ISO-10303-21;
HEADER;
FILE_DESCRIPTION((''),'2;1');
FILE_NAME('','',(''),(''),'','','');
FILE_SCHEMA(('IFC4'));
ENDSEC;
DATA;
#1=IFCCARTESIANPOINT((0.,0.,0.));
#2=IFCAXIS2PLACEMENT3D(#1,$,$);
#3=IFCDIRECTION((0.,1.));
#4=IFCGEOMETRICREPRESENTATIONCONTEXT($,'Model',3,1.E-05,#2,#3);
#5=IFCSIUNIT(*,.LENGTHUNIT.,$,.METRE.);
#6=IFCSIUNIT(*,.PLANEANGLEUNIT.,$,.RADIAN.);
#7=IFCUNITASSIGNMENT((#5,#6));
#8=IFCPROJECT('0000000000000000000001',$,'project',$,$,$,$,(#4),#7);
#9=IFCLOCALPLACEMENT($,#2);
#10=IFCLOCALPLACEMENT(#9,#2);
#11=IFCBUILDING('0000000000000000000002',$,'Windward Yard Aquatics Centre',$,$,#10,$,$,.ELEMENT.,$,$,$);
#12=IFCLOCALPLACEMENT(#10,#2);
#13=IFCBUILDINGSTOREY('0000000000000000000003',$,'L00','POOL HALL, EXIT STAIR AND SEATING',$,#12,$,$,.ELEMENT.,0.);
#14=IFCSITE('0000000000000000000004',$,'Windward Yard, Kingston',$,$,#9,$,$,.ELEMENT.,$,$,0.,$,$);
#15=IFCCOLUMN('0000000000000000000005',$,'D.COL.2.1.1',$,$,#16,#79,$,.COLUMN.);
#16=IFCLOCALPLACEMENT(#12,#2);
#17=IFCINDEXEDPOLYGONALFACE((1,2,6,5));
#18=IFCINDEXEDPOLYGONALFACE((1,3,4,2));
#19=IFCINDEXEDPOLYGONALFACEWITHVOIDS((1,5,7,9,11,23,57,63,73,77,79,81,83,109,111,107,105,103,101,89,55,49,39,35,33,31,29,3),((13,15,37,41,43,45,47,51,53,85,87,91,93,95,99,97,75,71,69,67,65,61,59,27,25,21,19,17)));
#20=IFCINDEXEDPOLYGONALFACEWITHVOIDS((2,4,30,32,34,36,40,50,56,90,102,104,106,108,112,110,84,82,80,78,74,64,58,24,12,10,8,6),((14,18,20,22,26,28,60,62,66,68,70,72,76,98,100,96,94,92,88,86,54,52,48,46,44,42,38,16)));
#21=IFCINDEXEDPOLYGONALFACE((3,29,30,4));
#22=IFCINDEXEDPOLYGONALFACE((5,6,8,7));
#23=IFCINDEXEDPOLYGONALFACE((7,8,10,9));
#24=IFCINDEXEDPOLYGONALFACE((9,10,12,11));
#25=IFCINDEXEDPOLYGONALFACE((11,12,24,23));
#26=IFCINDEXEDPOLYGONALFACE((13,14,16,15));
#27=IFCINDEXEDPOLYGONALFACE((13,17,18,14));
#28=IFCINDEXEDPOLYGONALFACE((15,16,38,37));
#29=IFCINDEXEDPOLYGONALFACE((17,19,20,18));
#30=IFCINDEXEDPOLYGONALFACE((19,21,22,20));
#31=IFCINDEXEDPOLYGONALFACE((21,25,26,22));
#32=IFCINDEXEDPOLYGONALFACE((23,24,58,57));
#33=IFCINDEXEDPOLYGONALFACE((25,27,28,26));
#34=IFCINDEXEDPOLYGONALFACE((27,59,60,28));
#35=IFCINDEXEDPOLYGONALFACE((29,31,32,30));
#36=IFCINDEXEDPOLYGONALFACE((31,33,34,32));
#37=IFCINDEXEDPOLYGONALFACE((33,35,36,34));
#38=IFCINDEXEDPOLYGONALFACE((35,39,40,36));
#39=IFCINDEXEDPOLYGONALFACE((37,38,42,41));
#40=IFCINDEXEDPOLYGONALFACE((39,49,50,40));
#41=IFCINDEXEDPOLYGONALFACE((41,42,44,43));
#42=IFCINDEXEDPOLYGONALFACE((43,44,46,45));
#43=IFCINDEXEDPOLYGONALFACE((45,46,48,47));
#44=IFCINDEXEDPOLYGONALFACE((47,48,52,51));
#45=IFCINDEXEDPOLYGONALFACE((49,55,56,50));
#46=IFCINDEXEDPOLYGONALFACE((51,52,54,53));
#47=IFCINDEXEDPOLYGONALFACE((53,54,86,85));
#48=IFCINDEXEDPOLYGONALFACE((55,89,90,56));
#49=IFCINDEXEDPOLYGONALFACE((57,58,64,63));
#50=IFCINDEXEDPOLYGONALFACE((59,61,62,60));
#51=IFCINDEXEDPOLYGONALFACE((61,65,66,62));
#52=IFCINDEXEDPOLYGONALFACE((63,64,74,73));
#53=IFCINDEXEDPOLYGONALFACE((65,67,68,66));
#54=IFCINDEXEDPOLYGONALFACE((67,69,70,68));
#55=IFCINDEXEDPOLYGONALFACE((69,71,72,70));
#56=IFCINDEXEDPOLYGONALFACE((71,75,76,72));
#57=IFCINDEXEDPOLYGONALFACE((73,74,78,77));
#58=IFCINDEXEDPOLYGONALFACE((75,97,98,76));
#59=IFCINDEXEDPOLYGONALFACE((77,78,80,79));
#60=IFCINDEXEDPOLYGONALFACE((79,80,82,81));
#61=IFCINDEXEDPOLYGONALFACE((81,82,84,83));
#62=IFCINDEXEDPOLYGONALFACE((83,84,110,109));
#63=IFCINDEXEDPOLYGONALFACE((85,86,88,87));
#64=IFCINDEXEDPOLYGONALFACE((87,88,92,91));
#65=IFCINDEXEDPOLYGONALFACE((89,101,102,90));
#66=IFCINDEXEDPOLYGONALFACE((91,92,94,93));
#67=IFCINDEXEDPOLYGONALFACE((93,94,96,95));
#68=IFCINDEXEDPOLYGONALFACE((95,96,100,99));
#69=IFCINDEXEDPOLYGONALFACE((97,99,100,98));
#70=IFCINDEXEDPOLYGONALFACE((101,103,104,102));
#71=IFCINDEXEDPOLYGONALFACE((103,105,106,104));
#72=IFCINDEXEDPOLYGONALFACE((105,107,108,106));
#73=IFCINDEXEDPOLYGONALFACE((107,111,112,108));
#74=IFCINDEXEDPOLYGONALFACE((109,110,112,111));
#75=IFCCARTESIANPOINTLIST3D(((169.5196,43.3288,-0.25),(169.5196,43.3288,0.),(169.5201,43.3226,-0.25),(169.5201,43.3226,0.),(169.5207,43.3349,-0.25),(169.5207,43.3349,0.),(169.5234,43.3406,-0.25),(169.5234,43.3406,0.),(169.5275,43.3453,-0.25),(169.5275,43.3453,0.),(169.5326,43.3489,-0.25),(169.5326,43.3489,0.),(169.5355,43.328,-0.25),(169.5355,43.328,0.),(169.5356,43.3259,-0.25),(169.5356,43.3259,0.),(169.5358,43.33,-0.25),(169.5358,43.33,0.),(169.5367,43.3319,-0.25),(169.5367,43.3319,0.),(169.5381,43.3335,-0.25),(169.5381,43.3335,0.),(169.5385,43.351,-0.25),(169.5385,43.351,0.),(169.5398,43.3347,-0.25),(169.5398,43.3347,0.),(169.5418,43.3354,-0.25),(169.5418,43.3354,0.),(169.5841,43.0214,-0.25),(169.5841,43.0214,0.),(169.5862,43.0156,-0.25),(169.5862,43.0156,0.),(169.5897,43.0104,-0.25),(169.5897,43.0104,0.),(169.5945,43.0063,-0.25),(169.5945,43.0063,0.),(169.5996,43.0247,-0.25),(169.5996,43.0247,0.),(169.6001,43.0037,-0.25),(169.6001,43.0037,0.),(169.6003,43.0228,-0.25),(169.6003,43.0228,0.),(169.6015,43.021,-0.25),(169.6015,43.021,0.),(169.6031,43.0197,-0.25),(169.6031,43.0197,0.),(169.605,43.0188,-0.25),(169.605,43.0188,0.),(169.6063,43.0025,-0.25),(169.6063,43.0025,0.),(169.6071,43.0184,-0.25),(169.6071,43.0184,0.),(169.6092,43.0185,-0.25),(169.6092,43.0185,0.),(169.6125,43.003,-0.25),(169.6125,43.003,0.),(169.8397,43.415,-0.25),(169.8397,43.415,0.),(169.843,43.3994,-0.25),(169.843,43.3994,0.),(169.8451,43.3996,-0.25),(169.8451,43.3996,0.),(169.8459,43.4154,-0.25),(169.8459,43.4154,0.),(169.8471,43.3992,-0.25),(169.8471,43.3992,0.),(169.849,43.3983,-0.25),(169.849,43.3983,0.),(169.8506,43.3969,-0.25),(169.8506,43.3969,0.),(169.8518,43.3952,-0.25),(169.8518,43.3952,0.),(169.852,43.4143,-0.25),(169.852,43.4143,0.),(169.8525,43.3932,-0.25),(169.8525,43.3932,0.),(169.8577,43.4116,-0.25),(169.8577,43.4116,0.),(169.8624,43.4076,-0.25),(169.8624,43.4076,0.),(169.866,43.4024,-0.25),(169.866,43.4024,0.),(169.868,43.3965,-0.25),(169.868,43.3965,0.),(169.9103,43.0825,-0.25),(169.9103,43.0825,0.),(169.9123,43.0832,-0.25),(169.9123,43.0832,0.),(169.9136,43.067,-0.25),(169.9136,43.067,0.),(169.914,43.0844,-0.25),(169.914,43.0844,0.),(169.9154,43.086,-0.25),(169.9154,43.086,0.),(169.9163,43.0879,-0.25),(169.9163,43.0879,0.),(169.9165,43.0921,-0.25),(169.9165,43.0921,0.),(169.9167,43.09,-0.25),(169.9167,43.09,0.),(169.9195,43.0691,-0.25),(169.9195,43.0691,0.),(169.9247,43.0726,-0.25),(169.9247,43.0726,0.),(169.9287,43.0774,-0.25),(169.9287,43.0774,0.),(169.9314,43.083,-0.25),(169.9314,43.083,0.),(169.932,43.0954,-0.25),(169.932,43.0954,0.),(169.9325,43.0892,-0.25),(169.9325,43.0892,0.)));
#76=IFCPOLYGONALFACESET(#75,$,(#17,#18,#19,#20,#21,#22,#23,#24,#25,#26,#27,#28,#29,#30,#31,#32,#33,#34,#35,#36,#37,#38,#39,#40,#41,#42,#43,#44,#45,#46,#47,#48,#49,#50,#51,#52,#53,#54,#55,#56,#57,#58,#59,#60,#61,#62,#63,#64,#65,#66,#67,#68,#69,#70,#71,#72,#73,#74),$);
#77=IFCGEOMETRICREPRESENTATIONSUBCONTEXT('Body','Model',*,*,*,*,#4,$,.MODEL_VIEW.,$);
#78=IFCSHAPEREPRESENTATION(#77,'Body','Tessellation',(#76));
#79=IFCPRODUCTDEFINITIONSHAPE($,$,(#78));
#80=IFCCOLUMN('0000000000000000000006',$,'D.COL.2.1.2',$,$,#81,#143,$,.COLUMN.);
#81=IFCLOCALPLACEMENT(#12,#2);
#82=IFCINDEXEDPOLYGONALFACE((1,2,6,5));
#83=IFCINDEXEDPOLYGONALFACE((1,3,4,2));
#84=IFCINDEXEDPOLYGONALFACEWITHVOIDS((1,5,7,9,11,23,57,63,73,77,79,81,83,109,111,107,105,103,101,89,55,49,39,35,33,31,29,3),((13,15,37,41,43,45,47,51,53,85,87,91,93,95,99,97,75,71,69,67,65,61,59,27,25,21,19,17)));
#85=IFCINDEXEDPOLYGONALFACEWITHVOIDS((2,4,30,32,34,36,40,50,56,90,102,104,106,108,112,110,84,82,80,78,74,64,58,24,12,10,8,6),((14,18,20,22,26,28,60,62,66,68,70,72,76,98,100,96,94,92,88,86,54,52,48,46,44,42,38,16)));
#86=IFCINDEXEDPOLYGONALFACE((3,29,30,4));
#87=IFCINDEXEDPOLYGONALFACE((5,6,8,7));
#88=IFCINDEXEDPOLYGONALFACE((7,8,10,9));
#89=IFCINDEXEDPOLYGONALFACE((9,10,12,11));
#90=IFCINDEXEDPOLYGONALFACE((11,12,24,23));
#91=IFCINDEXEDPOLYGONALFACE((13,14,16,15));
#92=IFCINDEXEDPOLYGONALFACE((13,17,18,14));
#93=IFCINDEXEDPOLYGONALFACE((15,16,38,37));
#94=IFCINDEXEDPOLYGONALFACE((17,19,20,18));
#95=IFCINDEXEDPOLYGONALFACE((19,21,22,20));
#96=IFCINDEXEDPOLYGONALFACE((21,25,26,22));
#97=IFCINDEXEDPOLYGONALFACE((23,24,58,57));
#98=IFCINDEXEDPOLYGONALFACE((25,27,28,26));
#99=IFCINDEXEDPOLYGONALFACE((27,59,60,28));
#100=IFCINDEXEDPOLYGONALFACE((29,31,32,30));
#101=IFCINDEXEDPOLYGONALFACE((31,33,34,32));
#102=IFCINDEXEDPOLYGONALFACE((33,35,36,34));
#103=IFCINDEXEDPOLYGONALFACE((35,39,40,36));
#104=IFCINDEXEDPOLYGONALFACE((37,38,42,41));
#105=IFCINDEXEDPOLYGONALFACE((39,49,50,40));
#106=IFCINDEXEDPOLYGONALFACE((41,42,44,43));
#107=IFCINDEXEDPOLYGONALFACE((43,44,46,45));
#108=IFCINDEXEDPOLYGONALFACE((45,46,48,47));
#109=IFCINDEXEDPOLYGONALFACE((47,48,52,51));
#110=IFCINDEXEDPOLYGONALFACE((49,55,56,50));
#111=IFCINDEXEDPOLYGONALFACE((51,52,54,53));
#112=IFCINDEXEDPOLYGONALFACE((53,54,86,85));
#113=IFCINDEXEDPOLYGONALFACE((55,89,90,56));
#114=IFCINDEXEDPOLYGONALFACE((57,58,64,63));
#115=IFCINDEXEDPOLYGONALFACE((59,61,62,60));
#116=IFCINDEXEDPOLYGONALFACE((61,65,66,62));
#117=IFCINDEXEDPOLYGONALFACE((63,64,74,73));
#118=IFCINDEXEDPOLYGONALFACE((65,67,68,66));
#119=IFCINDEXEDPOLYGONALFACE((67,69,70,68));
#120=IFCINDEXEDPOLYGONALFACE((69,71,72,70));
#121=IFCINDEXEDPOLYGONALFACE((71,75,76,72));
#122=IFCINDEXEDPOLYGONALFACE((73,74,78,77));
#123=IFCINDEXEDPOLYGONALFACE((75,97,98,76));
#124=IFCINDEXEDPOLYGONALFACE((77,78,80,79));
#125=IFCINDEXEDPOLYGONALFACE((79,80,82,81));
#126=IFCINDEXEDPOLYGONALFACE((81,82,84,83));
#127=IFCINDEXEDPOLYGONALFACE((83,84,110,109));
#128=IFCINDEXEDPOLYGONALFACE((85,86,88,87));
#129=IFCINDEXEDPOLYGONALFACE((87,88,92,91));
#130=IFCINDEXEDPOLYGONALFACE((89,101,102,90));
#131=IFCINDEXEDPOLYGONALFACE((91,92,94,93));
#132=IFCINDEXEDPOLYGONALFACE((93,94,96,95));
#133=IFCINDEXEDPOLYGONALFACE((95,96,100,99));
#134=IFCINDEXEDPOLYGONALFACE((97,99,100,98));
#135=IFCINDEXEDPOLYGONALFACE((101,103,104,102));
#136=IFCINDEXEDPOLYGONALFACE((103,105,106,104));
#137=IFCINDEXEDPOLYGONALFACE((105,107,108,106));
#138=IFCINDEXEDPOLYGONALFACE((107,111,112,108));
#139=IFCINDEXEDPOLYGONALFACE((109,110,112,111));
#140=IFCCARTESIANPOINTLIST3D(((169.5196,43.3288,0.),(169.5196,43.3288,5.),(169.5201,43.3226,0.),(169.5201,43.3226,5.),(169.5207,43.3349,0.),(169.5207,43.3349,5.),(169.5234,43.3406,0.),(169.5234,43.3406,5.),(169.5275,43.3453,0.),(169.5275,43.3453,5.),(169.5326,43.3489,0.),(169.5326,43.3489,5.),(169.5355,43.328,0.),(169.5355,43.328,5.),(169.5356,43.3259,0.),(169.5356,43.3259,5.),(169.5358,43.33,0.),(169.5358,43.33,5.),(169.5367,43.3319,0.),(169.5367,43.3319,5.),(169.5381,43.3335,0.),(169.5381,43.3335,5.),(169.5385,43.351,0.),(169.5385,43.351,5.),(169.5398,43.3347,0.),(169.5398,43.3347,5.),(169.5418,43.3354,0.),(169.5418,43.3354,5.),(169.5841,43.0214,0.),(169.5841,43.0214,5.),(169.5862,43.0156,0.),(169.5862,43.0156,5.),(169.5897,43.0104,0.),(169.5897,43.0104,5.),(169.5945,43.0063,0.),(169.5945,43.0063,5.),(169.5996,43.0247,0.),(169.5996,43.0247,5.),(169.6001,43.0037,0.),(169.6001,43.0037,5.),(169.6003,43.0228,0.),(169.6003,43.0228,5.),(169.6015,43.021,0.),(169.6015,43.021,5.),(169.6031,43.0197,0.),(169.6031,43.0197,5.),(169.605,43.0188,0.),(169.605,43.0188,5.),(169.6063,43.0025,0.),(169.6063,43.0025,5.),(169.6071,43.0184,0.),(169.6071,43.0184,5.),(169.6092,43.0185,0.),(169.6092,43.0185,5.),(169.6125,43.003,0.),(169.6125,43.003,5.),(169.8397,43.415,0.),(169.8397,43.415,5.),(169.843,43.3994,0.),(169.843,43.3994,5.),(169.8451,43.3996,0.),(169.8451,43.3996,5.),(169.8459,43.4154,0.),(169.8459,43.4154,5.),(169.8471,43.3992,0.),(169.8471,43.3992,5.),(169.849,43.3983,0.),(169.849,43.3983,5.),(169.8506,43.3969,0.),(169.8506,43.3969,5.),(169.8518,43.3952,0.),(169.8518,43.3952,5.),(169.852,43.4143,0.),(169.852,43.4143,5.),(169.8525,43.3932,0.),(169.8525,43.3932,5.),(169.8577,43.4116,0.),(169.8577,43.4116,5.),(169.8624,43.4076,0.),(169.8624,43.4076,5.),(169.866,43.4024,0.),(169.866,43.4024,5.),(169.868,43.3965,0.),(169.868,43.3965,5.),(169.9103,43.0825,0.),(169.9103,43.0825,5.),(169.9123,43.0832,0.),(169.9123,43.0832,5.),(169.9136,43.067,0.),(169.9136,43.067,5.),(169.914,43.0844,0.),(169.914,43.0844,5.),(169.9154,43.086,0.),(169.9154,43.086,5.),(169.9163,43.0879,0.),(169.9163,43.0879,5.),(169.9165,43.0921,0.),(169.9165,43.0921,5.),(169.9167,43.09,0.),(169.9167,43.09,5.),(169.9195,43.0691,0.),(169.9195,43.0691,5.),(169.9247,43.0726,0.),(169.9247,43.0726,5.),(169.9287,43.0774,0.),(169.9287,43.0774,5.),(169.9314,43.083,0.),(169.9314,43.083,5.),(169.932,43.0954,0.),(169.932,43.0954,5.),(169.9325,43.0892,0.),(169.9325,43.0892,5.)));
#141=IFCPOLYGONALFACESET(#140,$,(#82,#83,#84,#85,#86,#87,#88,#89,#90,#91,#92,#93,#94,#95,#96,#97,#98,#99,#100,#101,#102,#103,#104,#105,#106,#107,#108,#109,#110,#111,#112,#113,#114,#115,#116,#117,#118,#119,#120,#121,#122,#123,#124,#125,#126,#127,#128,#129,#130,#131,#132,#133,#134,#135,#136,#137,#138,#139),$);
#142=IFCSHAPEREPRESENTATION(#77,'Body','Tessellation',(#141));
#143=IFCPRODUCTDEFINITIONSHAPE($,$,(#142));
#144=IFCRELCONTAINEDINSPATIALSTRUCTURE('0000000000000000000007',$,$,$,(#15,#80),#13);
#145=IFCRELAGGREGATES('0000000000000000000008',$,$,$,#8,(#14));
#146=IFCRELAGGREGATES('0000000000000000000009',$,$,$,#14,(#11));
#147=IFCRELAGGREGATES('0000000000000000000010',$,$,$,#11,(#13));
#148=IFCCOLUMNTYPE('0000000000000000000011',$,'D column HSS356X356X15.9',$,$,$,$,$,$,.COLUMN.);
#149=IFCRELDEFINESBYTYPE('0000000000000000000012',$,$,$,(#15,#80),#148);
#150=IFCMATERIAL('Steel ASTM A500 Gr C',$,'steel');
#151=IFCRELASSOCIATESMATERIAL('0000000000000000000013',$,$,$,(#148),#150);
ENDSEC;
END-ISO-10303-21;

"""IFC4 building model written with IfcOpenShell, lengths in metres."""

from ifc_helpers import new_model, si_unit, direction, frame, origin, origin_2d, place, context, subcontext, project, spatial, hollow_rectangle, extrude, material, material_profile, profile_set, type_object, element, save


model = new_model("IFC4")

# Units and contexts
model_context = context("Model", 3, precision=1e-05, world=origin(), true_north=direction((0.0, 1.0)))
body_context = subcontext(model_context, "Body", "Model", "MODEL_VIEW")
ifc_project = project(units=[si_unit("LENGTHUNIT", "METRE"), si_unit("PLANEANGLEUNIT", "RADIAN")], contexts=[model_context])

# Site, building, storey
site_placement = place(None, origin())
site = spatial("IfcSite", under=ifc_project, at=site_placement, Name="Windward Yard, Kingston", CompositionType="ELEMENT", RefElevation=0.0)
building_placement = place(site_placement, origin())
building = spatial("IfcBuilding", under=site, at=building_placement, Name="Windward Yard Aquatics Centre", CompositionType="ELEMENT")
storey_placement = place(building_placement, origin())
storey = spatial("IfcBuildingStorey", under=building, at=storey_placement, Name="L00", Description="POOL HALL, EXIT STAIR AND SEATING", CompositionType="ELEMENT", Elevation=0.0)

# Columns
ifc_material_1 = material(Name="Steel ASTM A500 Gr C", Category="steel")
ifc_material_profile_1 = material_profile(ifc_material_1, hollow_rectangle(XDim=0.3557, YDim=0.3557, WallThickness=0.0159, InnerFilletRadius=0.0081, OuterFilletRadius=0.0239, at=origin_2d()), Name="HSS356X356X15.9")
ifc_profile_set_1 = profile_set([ifc_material_profile_1], Name="Steel ASTM A500 Gr C")
column_type_1 = type_object("IfcColumnType", Name="D column HSS356X356X15.9", PredefinedType="COLUMN", material=ifc_profile_set_1)
column_1_placement = place(storey_placement, frame((169.7261, 43.209, -0.25), z_axis=(0.0, 0.0, 1.0), x_axis=(0.978148, 0.207912, 0.0)))
element("IfcColumn", 1, at=column_1_placement, inside=storey, type_object=column_type_1, Name="D.COL.2.1.1", PredefinedType="COLUMN", context=body_context, shape_type="SweptSolid", body=[
    extrude(hollow_rectangle(XDim=0.3557, YDim=0.3557, WallThickness=0.0159, InnerFilletRadius=0.0081, OuterFilletRadius=0.0239, at=origin_2d()), origin(), (0.0, 0.0, 1.0), 0.25),
])
column_2_placement = place(storey_placement, frame((169.7261, 43.209, 0.0), z_axis=(0.0, 0.0, 1.0), x_axis=(0.978148, 0.207912, 0.0)))
element("IfcColumn", 2, at=column_2_placement, inside=storey, type_object=column_type_1, Name="D.COL.2.1.2", PredefinedType="COLUMN", context=body_context, shape_type="SweptSolid", body=[
    extrude(hollow_rectangle(XDim=0.3557, YDim=0.3557, WallThickness=0.0159, InnerFilletRadius=0.0081, OuterFilletRadius=0.0239, at=origin_2d()), origin(), (0.0, 0.0, 1.0), 5.0),
])

save(model, "model.ifc")
